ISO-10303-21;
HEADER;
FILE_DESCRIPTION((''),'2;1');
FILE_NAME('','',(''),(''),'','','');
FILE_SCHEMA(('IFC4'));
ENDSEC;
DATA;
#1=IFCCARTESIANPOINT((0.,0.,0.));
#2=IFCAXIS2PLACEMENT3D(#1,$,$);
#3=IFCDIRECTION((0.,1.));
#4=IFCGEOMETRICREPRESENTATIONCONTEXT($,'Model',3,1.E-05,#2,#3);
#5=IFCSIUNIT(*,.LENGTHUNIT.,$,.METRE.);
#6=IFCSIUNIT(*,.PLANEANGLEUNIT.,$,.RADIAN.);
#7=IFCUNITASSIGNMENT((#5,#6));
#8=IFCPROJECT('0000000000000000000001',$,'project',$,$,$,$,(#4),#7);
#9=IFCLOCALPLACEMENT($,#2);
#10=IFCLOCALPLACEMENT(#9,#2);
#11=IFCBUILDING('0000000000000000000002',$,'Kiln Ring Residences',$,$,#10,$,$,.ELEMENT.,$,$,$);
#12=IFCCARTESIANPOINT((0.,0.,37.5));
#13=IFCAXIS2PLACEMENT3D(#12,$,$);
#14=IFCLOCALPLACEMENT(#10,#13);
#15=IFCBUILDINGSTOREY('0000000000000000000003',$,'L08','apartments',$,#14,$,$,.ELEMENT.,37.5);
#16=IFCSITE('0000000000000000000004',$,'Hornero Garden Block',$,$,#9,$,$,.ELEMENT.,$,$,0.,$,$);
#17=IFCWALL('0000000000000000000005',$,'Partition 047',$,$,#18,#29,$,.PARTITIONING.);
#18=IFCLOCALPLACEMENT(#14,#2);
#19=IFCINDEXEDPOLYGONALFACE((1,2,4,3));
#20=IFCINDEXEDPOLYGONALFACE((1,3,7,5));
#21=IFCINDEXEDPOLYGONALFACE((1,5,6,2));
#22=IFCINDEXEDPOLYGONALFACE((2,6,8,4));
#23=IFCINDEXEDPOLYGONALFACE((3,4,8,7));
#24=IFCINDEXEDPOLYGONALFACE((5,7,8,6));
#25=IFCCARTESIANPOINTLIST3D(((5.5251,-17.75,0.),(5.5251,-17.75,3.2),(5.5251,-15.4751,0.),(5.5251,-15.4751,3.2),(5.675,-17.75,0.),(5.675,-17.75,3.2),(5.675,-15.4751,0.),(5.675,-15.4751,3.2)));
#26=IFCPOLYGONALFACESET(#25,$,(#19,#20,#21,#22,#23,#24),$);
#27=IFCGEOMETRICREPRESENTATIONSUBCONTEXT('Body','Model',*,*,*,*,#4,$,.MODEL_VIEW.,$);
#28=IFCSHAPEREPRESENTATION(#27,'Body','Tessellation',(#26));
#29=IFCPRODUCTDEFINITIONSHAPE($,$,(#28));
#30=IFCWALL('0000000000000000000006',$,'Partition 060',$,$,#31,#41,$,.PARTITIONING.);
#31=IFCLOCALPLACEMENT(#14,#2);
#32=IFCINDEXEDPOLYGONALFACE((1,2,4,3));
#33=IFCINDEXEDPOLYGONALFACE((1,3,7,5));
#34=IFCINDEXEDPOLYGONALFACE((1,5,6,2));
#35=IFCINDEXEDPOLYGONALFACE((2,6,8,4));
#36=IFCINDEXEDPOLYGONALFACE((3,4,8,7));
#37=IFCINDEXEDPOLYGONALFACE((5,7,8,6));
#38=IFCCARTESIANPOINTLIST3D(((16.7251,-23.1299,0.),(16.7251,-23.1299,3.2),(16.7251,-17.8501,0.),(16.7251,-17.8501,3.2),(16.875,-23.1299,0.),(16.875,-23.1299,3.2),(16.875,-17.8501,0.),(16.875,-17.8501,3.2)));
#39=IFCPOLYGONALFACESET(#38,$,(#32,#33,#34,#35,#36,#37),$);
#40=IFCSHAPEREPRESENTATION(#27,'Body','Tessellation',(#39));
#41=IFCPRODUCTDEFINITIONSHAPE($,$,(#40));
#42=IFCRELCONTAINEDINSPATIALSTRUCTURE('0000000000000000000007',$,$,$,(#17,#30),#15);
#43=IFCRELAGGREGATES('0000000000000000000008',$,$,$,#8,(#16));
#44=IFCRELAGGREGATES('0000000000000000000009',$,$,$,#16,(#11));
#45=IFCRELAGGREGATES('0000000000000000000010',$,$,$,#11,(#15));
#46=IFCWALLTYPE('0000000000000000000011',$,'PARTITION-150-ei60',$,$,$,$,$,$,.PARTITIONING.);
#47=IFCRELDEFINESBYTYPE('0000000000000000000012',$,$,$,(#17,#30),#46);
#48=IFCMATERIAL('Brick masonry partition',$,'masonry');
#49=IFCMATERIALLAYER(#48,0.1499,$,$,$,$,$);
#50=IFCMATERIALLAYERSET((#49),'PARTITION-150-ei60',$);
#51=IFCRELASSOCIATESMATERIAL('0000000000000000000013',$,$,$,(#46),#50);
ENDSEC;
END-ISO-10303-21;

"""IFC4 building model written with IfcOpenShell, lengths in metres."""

from ifc_helpers import new_model, si_unit, direction, frame, frame_2d, origin, place, context, subcontext, project, spatial, rectangle, extrude, material, layer, layer_set, type_object, element, save


model = new_model("IFC4")

# Units and contexts
model_context = context("Model", 3, precision=1e-05, world=origin(), true_north=direction((0.0, 1.0)))
body_context = subcontext(model_context, "Body", "Model", "MODEL_VIEW")
ifc_project = project(units=[si_unit("LENGTHUNIT", "METRE"), si_unit("PLANEANGLEUNIT", "RADIAN")], contexts=[model_context])

# Site, building, storey
site_placement = place(None, origin())
site = spatial("IfcSite", under=ifc_project, at=site_placement, Name="Hornero Garden Block", CompositionType="ELEMENT", RefElevation=0.0)
building_placement = place(site_placement, origin())
building = spatial("IfcBuilding", under=site, at=building_placement, Name="Kiln Ring Residences", CompositionType="ELEMENT")
storey_placement = place(building_placement, frame((0.0, 0.0, 37.5)))
storey = spatial("IfcBuildingStorey", under=building, at=storey_placement, Name="L08", Description="apartments", CompositionType="ELEMENT", Elevation=37.5)

# Walls
ifc_material_1 = material(Name="Brick masonry partition", Category="masonry")
ifc_layer_1 = layer(ifc_material_1, 0.1499)
ifc_layer_set_1 = layer_set([ifc_layer_1], Name="PARTITION-150-ei60")
wall_type_1 = type_object("IfcWallType", Name="PARTITION-150-ei60", PredefinedType="PARTITIONING", material=ifc_layer_set_1)
wall_1_placement = place(storey_placement, frame((5.6001, -17.75, 0.0), z_axis=(0.0, 0.0, 1.0), x_axis=(0.0, 1.0, 0.0)))
element("IfcWall", 1, at=wall_1_placement, inside=storey, type_object=wall_type_1, Name="Partition 047", PredefinedType="PARTITIONING", context=body_context, shape_type="SweptSolid", body=[
    extrude(rectangle(XDim=2.2749, YDim=0.1499, at=frame_2d((1.1375, 0.0))), origin(), (0.0, 0.0, 1.0), 3.2),
])
wall_2_placement = place(storey_placement, frame((16.8, -23.1299, 0.0), z_axis=(0.0, 0.0, 1.0), x_axis=(0.0, 1.0, 0.0)))
element("IfcWall", 2, at=wall_2_placement, inside=storey, type_object=wall_type_1, Name="Partition 060", PredefinedType="PARTITIONING", context=body_context, shape_type="SweptSolid", body=[
    extrude(rectangle(XDim=5.2798, YDim=0.1499, at=frame_2d((2.6399, 0.0))), origin(), (0.0, 0.0, 1.0), 3.2),
])

save(model, "model.ifc")
